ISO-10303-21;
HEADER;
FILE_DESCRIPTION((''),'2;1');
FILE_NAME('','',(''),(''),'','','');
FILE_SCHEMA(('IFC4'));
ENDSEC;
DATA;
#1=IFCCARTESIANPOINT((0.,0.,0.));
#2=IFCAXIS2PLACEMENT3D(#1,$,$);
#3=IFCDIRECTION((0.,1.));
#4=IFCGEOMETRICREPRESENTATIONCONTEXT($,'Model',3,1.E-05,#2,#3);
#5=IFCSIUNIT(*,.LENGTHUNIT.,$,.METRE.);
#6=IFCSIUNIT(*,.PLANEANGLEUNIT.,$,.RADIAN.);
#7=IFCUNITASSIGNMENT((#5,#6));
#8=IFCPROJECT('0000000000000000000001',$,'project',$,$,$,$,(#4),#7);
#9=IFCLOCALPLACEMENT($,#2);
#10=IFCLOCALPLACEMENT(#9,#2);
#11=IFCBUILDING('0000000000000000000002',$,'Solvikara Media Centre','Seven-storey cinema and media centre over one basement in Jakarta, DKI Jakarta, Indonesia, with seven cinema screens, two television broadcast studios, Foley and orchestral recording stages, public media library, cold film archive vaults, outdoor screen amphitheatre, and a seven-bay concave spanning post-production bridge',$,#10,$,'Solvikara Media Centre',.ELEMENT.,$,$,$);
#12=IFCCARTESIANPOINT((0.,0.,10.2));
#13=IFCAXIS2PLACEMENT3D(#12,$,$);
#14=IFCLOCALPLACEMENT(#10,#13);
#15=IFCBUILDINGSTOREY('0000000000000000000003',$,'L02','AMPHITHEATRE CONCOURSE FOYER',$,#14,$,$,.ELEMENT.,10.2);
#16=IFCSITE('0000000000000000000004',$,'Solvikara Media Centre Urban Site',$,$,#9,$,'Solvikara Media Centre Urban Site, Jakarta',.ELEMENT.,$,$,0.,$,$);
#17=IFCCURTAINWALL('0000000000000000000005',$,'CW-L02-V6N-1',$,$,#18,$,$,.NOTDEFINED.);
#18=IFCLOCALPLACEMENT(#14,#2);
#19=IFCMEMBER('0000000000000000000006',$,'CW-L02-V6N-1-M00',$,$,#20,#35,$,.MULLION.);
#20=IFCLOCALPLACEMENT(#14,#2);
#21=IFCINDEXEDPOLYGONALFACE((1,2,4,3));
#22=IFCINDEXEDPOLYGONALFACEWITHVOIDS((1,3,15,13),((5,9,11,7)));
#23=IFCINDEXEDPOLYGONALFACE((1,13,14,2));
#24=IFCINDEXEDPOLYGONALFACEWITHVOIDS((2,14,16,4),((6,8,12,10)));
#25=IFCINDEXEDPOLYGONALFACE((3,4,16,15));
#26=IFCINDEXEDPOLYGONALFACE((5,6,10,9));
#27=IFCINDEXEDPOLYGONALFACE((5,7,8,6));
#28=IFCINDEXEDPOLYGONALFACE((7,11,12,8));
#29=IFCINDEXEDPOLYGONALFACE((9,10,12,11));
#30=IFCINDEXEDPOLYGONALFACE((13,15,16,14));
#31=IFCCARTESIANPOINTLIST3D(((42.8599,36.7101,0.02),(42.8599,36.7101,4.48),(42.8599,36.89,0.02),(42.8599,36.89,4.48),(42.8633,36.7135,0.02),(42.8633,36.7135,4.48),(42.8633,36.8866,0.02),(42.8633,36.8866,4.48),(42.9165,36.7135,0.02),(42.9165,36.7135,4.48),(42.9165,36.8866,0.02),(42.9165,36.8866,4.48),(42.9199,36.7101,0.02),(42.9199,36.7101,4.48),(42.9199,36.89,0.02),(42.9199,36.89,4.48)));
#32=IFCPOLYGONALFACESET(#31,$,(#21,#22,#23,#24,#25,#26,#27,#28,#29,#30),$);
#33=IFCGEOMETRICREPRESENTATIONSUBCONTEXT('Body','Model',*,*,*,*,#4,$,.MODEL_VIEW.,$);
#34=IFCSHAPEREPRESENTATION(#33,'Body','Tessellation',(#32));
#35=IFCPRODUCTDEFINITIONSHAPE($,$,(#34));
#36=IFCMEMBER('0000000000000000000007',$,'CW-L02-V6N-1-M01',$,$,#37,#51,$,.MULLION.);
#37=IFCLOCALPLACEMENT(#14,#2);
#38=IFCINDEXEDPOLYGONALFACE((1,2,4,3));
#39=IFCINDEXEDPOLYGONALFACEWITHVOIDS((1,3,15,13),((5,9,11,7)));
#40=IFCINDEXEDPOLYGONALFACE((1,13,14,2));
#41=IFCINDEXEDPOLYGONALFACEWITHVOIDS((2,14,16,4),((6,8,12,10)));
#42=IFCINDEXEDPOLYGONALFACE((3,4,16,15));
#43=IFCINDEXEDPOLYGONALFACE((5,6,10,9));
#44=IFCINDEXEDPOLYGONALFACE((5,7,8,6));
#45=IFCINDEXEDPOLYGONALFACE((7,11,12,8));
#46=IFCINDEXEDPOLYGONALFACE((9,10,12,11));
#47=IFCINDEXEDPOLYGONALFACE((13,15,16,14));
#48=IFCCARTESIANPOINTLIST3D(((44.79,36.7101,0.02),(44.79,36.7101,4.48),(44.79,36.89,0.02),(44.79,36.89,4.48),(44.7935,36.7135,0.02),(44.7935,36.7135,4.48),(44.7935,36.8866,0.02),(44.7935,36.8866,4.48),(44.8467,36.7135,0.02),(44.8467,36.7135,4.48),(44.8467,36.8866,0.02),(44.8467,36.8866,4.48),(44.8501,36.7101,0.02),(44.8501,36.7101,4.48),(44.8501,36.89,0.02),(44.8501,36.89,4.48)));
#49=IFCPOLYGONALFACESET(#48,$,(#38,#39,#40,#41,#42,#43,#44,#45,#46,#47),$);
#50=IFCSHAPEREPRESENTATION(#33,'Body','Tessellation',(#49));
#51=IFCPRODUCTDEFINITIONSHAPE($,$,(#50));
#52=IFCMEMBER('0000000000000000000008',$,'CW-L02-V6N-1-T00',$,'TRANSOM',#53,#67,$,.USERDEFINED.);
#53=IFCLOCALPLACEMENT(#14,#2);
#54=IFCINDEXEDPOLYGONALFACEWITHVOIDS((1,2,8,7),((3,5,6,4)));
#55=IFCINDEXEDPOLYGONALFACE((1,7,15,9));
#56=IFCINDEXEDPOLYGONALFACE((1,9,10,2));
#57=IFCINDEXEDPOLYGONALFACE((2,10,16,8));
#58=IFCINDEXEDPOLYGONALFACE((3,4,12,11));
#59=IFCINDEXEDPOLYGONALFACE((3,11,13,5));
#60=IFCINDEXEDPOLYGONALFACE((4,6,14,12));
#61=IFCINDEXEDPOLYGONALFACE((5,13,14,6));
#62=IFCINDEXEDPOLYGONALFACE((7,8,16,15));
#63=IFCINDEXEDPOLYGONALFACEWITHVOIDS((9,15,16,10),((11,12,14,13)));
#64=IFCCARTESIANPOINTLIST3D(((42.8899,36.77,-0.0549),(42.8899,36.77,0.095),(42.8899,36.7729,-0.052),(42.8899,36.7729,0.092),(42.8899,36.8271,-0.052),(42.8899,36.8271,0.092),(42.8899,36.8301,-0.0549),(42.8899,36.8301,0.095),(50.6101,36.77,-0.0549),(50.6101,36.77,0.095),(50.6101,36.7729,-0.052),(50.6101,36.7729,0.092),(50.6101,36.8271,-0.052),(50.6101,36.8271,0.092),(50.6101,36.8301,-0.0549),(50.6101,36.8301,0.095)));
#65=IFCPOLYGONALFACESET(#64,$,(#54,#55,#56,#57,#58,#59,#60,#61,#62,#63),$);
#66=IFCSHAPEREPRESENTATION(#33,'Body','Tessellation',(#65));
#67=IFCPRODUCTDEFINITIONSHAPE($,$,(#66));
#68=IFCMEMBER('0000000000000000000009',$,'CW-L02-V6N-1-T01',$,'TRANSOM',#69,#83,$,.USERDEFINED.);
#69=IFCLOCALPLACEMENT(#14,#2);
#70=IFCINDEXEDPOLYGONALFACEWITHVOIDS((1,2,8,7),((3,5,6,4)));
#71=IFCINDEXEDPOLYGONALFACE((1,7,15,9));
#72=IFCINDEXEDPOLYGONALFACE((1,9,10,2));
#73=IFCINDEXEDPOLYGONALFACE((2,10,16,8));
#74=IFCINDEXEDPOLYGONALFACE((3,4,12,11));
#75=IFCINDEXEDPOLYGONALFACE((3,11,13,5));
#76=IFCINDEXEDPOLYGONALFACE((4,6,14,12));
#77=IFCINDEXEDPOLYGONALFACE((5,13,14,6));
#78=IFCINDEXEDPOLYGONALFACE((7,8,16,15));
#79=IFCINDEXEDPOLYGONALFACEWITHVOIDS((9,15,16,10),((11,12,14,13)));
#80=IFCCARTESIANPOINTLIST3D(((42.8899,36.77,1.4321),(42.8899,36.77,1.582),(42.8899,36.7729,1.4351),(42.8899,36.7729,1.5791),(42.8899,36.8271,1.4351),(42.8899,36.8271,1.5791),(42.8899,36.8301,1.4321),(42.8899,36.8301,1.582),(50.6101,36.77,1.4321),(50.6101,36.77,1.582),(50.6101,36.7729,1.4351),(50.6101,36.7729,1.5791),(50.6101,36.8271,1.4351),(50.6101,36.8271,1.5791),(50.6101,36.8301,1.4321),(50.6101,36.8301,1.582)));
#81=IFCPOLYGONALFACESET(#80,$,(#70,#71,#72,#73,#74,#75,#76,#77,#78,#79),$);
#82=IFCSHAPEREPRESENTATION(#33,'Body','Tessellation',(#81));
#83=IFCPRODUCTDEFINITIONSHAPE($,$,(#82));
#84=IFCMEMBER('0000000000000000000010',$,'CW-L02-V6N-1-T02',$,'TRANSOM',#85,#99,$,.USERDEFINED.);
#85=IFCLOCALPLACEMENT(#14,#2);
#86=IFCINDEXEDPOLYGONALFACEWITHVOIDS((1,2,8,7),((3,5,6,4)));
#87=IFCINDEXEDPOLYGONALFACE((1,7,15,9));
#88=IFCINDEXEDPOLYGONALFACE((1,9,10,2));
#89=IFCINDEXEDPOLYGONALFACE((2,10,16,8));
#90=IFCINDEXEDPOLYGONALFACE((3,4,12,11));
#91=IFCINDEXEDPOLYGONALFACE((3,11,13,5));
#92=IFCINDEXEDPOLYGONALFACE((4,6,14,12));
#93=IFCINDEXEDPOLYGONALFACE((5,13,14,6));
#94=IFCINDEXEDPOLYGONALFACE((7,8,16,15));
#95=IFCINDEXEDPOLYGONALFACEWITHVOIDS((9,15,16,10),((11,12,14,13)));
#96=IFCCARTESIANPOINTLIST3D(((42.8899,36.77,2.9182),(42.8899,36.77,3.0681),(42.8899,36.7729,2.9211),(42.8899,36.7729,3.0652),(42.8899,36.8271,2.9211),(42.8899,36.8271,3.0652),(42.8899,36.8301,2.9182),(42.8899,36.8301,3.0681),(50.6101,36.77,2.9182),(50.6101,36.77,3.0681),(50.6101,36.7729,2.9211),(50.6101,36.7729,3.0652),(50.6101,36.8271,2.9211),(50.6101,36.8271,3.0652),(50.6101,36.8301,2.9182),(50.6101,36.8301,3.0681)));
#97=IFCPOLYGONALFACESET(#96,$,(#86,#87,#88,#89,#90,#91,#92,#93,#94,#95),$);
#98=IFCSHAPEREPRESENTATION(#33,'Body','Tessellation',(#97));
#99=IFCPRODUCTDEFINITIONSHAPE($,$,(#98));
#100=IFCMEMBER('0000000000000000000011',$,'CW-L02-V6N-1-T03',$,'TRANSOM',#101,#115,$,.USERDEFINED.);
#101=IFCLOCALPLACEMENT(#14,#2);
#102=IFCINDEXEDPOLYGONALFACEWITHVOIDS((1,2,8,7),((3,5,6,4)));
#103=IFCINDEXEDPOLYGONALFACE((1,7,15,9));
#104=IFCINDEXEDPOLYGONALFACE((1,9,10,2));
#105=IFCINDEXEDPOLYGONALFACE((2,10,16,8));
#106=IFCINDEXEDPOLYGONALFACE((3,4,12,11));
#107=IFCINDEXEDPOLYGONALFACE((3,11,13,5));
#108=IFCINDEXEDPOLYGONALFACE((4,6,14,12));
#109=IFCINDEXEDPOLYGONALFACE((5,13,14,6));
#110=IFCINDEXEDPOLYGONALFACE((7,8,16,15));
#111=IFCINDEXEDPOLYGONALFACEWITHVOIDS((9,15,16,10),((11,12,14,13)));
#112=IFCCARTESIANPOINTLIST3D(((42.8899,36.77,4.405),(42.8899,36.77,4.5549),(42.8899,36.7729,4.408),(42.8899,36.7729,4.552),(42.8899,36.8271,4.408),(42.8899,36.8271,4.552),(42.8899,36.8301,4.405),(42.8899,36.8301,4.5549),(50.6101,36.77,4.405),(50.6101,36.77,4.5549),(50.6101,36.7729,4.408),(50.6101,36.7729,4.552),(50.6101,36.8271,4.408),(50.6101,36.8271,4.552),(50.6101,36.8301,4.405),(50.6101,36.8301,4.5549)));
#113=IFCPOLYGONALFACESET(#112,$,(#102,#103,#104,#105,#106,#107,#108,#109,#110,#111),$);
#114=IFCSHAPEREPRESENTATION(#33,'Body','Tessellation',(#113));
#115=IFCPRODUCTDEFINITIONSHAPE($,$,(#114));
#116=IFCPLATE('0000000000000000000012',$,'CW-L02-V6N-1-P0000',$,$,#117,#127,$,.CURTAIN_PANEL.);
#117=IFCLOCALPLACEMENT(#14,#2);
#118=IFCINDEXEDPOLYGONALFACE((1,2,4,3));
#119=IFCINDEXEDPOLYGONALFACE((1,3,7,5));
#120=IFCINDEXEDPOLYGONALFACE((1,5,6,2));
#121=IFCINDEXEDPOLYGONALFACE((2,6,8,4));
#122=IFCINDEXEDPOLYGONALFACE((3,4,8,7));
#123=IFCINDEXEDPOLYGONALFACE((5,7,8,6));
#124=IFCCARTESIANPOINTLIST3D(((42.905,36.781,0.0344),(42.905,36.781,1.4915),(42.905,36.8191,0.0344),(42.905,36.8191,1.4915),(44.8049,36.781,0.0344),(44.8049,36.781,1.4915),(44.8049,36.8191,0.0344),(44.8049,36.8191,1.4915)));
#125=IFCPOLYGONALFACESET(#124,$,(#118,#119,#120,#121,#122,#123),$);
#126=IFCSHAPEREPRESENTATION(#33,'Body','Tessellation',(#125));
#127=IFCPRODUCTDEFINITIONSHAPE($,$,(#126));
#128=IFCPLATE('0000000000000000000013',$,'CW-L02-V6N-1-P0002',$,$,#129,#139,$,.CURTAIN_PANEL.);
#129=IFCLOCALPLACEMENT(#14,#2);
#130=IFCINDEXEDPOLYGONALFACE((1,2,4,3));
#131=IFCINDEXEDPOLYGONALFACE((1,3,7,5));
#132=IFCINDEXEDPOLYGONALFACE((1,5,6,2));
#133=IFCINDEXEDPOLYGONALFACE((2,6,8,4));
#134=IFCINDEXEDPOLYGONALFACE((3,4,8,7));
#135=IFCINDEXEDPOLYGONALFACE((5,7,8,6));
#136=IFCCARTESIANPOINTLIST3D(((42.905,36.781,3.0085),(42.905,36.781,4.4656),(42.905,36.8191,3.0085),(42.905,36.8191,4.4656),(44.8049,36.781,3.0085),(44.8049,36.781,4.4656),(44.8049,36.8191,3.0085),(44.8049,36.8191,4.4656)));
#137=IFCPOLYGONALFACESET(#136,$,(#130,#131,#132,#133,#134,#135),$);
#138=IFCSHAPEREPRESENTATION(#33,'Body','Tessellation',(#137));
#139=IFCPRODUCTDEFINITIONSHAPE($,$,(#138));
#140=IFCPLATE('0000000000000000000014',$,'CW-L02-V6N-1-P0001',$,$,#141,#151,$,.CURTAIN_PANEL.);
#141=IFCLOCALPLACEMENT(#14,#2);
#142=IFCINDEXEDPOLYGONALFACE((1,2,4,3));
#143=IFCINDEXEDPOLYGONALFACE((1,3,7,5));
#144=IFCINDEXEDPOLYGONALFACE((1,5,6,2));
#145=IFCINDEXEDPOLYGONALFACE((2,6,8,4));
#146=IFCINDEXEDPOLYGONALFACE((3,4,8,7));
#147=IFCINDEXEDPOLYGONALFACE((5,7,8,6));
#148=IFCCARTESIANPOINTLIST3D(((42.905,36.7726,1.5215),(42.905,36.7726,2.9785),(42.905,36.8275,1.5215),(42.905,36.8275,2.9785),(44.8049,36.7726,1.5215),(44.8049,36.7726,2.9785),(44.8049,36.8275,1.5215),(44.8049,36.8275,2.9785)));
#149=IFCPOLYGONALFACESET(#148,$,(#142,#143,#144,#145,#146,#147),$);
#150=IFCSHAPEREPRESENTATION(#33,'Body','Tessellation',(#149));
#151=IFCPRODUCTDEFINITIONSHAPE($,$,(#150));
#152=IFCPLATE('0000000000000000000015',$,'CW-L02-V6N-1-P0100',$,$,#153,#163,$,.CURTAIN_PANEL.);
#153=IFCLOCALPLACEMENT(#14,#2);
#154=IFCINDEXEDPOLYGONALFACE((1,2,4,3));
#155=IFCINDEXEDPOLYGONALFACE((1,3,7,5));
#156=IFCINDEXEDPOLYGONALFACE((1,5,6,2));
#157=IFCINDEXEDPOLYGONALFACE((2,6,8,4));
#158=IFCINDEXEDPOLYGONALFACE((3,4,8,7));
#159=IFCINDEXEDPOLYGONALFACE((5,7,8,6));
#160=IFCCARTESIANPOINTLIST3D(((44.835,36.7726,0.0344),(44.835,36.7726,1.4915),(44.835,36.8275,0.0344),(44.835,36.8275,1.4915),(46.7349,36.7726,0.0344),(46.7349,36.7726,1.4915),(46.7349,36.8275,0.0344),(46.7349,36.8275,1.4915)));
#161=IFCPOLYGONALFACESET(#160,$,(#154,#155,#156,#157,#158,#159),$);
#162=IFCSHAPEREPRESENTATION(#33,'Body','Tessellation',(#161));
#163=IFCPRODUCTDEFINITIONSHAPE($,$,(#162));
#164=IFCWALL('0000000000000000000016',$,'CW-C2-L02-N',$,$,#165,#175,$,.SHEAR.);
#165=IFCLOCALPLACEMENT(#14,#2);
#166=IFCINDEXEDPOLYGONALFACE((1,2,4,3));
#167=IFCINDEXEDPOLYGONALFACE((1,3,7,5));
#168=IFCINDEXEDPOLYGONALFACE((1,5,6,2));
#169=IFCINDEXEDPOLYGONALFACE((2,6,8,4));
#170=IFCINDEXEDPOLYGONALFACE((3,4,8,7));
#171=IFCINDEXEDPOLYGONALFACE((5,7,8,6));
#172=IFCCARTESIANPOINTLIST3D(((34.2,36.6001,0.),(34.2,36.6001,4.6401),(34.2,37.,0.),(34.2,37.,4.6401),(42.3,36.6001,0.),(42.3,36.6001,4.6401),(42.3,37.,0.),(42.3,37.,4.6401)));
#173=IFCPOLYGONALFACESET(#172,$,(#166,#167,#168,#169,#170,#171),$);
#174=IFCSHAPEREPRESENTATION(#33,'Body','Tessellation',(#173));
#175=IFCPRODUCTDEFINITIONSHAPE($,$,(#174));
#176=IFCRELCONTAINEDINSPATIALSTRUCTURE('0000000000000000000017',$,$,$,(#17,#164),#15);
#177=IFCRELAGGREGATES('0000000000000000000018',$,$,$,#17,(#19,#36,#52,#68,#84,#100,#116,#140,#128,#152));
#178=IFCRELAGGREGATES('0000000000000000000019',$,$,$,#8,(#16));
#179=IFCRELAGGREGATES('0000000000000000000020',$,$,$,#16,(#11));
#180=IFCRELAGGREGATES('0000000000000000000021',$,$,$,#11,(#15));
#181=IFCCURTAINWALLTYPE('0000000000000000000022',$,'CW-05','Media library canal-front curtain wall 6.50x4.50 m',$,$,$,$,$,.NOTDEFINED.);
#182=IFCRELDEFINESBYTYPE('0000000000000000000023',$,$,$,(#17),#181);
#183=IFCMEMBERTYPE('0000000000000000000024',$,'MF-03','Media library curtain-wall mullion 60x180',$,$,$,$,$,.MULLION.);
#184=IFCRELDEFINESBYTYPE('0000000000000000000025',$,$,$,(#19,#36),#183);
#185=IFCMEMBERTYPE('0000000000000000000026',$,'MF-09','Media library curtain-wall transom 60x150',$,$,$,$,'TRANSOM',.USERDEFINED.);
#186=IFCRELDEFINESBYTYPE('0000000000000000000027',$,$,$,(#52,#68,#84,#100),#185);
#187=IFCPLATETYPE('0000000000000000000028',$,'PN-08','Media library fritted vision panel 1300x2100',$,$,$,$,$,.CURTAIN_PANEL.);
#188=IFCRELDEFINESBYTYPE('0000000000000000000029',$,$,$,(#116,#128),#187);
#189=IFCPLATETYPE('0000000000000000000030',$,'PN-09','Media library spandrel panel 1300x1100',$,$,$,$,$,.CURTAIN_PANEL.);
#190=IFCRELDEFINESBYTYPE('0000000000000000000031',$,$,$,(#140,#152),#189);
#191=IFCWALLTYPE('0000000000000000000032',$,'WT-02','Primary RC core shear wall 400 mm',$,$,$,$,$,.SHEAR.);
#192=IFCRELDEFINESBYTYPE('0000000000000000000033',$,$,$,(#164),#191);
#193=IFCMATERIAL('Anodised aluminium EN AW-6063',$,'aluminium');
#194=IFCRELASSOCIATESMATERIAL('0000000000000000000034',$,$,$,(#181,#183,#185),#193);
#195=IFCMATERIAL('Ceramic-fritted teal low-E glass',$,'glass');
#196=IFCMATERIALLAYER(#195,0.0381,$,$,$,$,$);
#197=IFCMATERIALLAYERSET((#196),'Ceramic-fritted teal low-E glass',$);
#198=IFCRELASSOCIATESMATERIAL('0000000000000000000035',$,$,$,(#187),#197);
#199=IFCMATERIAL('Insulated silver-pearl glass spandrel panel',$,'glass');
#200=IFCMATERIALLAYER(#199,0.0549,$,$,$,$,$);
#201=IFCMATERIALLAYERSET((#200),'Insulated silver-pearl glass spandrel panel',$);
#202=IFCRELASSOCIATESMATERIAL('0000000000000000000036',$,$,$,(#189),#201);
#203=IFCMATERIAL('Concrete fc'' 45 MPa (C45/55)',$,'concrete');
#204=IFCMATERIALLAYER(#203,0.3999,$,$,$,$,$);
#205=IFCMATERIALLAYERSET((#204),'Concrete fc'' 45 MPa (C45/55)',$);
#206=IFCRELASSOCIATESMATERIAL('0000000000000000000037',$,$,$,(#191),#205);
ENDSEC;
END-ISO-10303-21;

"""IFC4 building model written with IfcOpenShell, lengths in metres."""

from ifc_helpers import new_model, si_unit, direction, frame, frame_2d, origin, origin_2d, place, context, subcontext, project, spatial, rectangle, hollow_rectangle, extrude, material, layer, layer_set, material_profile, profile_set, type_object, element, aggregate, save


model = new_model("IFC4")

# Units and contexts
model_context = context("Model", 3, precision=1e-05, world=origin(), true_north=direction((0.0, 1.0)))
body_context = subcontext(model_context, "Body", "Model", "MODEL_VIEW")
ifc_project = project(units=[si_unit("LENGTHUNIT", "METRE"), si_unit("PLANEANGLEUNIT", "RADIAN")], contexts=[model_context])

# Site, building, storey
site_placement = place(None, origin())
site = spatial("IfcSite", under=ifc_project, at=site_placement, Name="Solvikara Media Centre Urban Site", LongName="Solvikara Media Centre Urban Site, Jakarta", CompositionType="ELEMENT", RefElevation=0.0)
building_placement = place(site_placement, origin())
building = spatial("IfcBuilding", under=site, at=building_placement, Name="Solvikara Media Centre", Description="Seven-storey cinema and media centre over one basement in Jakarta, DKI Jakarta, Indonesia, with seven cinema screens, two television broadcast studios, Foley and orchestral recording stages, public media library, cold film archive vaults, outdoor screen amphitheatre, and a seven-bay concave spanning post-production bridge", LongName="Solvikara Media Centre", CompositionType="ELEMENT")
storey_placement = place(building_placement, frame((0.0, 0.0, 10.2)))
storey = spatial("IfcBuildingStorey", under=building, at=storey_placement, Name="L02", Description="AMPHITHEATRE CONCOURSE FOYER", CompositionType="ELEMENT", Elevation=10.2)

# Shared definitions
ifc_material_1 = material(Name="Concrete fc' 45 MPa (C45/55)", Category="concrete")

# Curtain wall, members, plates
ifc_material_2 = material(Name="Anodised aluminium EN AW-6063", Category="aluminium")
curtain_wall_type = type_object("IfcCurtainWallType", Name="CW-05", Description="Media library canal-front curtain wall 6.50x4.50 m", PredefinedType="NOTDEFINED", material=ifc_material_2)
curtain_wall_placement = place(storey_placement, origin())
curtain_wall = element("IfcCurtainWall", 1, at=curtain_wall_placement, inside=storey, type_object=curtain_wall_type, Name="CW-L02-V6N-1", PredefinedType="NOTDEFINED")
ifc_material_profile_1 = material_profile(ifc_material_2, hollow_rectangle(XDim=0.0601, YDim=0.1799, WallThickness=0.0034, at=origin_2d()), Name="ALU-M 60x180x3.5")
ifc_profile_set_1 = profile_set([ifc_material_profile_1], Name="Anodised aluminium EN AW-6063")
member_type_1 = type_object("IfcMemberType", Name="MF-03", Description="Media library curtain-wall mullion 60x180", PredefinedType="MULLION", material=ifc_profile_set_1)
member_1_placement = place(storey_placement, frame((42.8899, 36.8, 0.02), z_axis=(0.0, 0.0, 1.0), x_axis=(1.0, 0.0, 0.0)))
member_1 = element("IfcMember", 2, at=member_1_placement, type_object=member_type_1, Name="CW-L02-V6N-1-M00", PredefinedType="MULLION", context=body_context, shape_type="SweptSolid", body=[
    extrude(hollow_rectangle(XDim=0.0601, YDim=0.1799, WallThickness=0.0034, at=origin_2d()), origin(), (0.0, 0.0, 1.0), 4.46),
])
member_2_placement = place(storey_placement, frame((44.8201, 36.8, 0.02), z_axis=(0.0, 0.0, 1.0), x_axis=(1.0, 0.0, 0.0)))
member_2 = element("IfcMember", 3, at=member_2_placement, type_object=member_type_1, Name="CW-L02-V6N-1-M01", PredefinedType="MULLION", context=body_context, shape_type="SweptSolid", body=[
    extrude(hollow_rectangle(XDim=0.0601, YDim=0.1799, WallThickness=0.0034, at=origin_2d()), origin(), (0.0, 0.0, 1.0), 4.46),
])
ifc_material_profile_2 = material_profile(ifc_material_2, hollow_rectangle(XDim=0.0601, YDim=0.1499, WallThickness=0.0029, at=origin_2d()), Name="ALU-T 60x150x3")
ifc_profile_set_2 = profile_set([ifc_material_profile_2], Name="Anodised aluminium EN AW-6063")
member_type_2 = type_object("IfcMemberType", Name="MF-09", Description="Media library curtain-wall transom 60x150", ElementType="TRANSOM", PredefinedType="USERDEFINED", material=ifc_profile_set_2)
member_3_placement = place(storey_placement, frame((42.8899, 36.8, 0.02), z_axis=(1.0, 0.0, 0.0), x_axis=(0.0, 1.0, 0.0)))
member_3 = element("IfcMember", 4, at=member_3_placement, type_object=member_type_2, Name="CW-L02-V6N-1-T00", ObjectType="TRANSOM", PredefinedType="USERDEFINED", context=body_context, shape_type="SweptSolid", body=[
    extrude(hollow_rectangle(XDim=0.0601, YDim=0.1499, WallThickness=0.0029, at=origin_2d()), origin(), (0.0, 0.0, 1.0), 7.7202),
])
member_4_placement = place(storey_placement, frame((42.8899, 36.8, 1.5071), z_axis=(1.0, 0.0, 0.0), x_axis=(0.0, 1.0, 0.0)))
member_4 = element("IfcMember", 5, at=member_4_placement, type_object=member_type_2, Name="CW-L02-V6N-1-T01", ObjectType="TRANSOM", PredefinedType="USERDEFINED", context=body_context, shape_type="SweptSolid", body=[
    extrude(hollow_rectangle(XDim=0.0601, YDim=0.1499, WallThickness=0.0029, at=origin_2d()), origin(), (0.0, 0.0, 1.0), 7.7202),
])
member_5_placement = place(storey_placement, frame((42.8899, 36.8, 2.9932), z_axis=(1.0, 0.0, 0.0), x_axis=(0.0, 1.0, 0.0)))
member_5 = element("IfcMember", 6, at=member_5_placement, type_object=member_type_2, Name="CW-L02-V6N-1-T02", ObjectType="TRANSOM", PredefinedType="USERDEFINED", context=body_context, shape_type="SweptSolid", body=[
    extrude(hollow_rectangle(XDim=0.0601, YDim=0.1499, WallThickness=0.0029, at=origin_2d()), origin(), (0.0, 0.0, 1.0), 7.7202),
])
member_6_placement = place(storey_placement, frame((42.8899, 36.8, 4.48), z_axis=(1.0, 0.0, 0.0), x_axis=(0.0, 1.0, 0.0)))
member_6 = element("IfcMember", 7, at=member_6_placement, type_object=member_type_2, Name="CW-L02-V6N-1-T03", ObjectType="TRANSOM", PredefinedType="USERDEFINED", context=body_context, shape_type="SweptSolid", body=[
    extrude(hollow_rectangle(XDim=0.0601, YDim=0.1499, WallThickness=0.0029, at=origin_2d()), origin(), (0.0, 0.0, 1.0), 7.7202),
])
ifc_material_3 = material(Name="Ceramic-fritted teal low-E glass", Category="glass")
ifc_layer_1 = layer(ifc_material_3, 0.0381)
ifc_layer_set_1 = layer_set([ifc_layer_1], Name="Ceramic-fritted teal low-E glass")
plate_type_1 = type_object("IfcPlateType", Name="PN-08", Description="Media library fritted vision panel 1300x2100", PredefinedType="CURTAIN_PANEL", material=ifc_layer_set_1)
plate_1_placement = place(storey_placement, frame((43.855, 36.8, 0.0344), z_axis=(0.0, 0.0, 1.0), x_axis=(1.0, 0.0, 0.0)))
plate_1 = element("IfcPlate", 8, at=plate_1_placement, type_object=plate_type_1, Name="CW-L02-V6N-1-P0000", PredefinedType="CURTAIN_PANEL", context=body_context, shape_type="SweptSolid", body=[
    extrude(rectangle(XDim=1.8999, YDim=0.0381, at=origin_2d()), origin(), (0.0, 0.0, 1.0), 1.457),
])
plate_2_placement = place(storey_placement, frame((43.855, 36.8, 3.0085), z_axis=(0.0, 0.0, 1.0), x_axis=(1.0, 0.0, 0.0)))
plate_2 = element("IfcPlate", 9, at=plate_2_placement, type_object=plate_type_1, Name="CW-L02-V6N-1-P0002", PredefinedType="CURTAIN_PANEL", context=body_context, shape_type="SweptSolid", body=[
    extrude(rectangle(XDim=1.8999, YDim=0.0381, at=origin_2d()), origin(), (0.0, 0.0, 1.0), 1.457),
])
ifc_material_4 = material(Name="Insulated silver-pearl glass spandrel panel", Category="glass")
ifc_layer_2 = layer(ifc_material_4, 0.0549)
ifc_layer_set_2 = layer_set([ifc_layer_2], Name="Insulated silver-pearl glass spandrel panel")
plate_type_2 = type_object("IfcPlateType", Name="PN-09", Description="Media library spandrel panel 1300x1100", PredefinedType="CURTAIN_PANEL", material=ifc_layer_set_2)
plate_3_placement = place(storey_placement, frame((43.855, 36.8, 1.5215), z_axis=(0.0, 0.0, 1.0), x_axis=(1.0, 0.0, 0.0)))
plate_3 = element("IfcPlate", 10, at=plate_3_placement, type_object=plate_type_2, Name="CW-L02-V6N-1-P0001", PredefinedType="CURTAIN_PANEL", context=body_context, shape_type="SweptSolid", body=[
    extrude(rectangle(XDim=1.8999, YDim=0.0549, at=origin_2d()), origin(), (0.0, 0.0, 1.0), 1.457),
])
plate_4_placement = place(storey_placement, frame((45.7849, 36.8, 0.0344), z_axis=(0.0, 0.0, 1.0), x_axis=(1.0, 0.0, 0.0)))
plate_4 = element("IfcPlate", 11, at=plate_4_placement, type_object=plate_type_2, Name="CW-L02-V6N-1-P0100", PredefinedType="CURTAIN_PANEL", context=body_context, shape_type="SweptSolid", body=[
    extrude(rectangle(XDim=1.8999, YDim=0.0549, at=origin_2d()), origin(), (0.0, 0.0, 1.0), 1.457),
])
aggregate(curtain_wall, [member_1, member_2, member_3, member_4, member_5, member_6, plate_1, plate_3, plate_2, plate_4])

# Wall
ifc_layer_3 = layer(ifc_material_1, 0.3999)
ifc_layer_set_3 = layer_set([ifc_layer_3], Name="Concrete fc' 45 MPa (C45/55)")
wall_type_1 = type_object("IfcWallType", Name="WT-02", Description="Primary RC core shear wall 400 mm", PredefinedType="SHEAR", material=ifc_layer_set_3)
wall_1_placement = place(storey_placement, frame((34.2, 36.8, 0.0), z_axis=(0.0, 0.0, 1.0), x_axis=(1.0, 0.0, 0.0)))
element("IfcWall", 12, at=wall_1_placement, inside=storey, type_object=wall_type_1, Name="CW-C2-L02-N", PredefinedType="SHEAR", context=body_context, shape_type="SweptSolid", body=[
    extrude(rectangle(XDim=8.1001, YDim=0.3999, at=frame_2d((4.05, 0.0))), origin(), (0.0, 0.0, 1.0), 4.6401),
])

save(model, "model.ifc")
